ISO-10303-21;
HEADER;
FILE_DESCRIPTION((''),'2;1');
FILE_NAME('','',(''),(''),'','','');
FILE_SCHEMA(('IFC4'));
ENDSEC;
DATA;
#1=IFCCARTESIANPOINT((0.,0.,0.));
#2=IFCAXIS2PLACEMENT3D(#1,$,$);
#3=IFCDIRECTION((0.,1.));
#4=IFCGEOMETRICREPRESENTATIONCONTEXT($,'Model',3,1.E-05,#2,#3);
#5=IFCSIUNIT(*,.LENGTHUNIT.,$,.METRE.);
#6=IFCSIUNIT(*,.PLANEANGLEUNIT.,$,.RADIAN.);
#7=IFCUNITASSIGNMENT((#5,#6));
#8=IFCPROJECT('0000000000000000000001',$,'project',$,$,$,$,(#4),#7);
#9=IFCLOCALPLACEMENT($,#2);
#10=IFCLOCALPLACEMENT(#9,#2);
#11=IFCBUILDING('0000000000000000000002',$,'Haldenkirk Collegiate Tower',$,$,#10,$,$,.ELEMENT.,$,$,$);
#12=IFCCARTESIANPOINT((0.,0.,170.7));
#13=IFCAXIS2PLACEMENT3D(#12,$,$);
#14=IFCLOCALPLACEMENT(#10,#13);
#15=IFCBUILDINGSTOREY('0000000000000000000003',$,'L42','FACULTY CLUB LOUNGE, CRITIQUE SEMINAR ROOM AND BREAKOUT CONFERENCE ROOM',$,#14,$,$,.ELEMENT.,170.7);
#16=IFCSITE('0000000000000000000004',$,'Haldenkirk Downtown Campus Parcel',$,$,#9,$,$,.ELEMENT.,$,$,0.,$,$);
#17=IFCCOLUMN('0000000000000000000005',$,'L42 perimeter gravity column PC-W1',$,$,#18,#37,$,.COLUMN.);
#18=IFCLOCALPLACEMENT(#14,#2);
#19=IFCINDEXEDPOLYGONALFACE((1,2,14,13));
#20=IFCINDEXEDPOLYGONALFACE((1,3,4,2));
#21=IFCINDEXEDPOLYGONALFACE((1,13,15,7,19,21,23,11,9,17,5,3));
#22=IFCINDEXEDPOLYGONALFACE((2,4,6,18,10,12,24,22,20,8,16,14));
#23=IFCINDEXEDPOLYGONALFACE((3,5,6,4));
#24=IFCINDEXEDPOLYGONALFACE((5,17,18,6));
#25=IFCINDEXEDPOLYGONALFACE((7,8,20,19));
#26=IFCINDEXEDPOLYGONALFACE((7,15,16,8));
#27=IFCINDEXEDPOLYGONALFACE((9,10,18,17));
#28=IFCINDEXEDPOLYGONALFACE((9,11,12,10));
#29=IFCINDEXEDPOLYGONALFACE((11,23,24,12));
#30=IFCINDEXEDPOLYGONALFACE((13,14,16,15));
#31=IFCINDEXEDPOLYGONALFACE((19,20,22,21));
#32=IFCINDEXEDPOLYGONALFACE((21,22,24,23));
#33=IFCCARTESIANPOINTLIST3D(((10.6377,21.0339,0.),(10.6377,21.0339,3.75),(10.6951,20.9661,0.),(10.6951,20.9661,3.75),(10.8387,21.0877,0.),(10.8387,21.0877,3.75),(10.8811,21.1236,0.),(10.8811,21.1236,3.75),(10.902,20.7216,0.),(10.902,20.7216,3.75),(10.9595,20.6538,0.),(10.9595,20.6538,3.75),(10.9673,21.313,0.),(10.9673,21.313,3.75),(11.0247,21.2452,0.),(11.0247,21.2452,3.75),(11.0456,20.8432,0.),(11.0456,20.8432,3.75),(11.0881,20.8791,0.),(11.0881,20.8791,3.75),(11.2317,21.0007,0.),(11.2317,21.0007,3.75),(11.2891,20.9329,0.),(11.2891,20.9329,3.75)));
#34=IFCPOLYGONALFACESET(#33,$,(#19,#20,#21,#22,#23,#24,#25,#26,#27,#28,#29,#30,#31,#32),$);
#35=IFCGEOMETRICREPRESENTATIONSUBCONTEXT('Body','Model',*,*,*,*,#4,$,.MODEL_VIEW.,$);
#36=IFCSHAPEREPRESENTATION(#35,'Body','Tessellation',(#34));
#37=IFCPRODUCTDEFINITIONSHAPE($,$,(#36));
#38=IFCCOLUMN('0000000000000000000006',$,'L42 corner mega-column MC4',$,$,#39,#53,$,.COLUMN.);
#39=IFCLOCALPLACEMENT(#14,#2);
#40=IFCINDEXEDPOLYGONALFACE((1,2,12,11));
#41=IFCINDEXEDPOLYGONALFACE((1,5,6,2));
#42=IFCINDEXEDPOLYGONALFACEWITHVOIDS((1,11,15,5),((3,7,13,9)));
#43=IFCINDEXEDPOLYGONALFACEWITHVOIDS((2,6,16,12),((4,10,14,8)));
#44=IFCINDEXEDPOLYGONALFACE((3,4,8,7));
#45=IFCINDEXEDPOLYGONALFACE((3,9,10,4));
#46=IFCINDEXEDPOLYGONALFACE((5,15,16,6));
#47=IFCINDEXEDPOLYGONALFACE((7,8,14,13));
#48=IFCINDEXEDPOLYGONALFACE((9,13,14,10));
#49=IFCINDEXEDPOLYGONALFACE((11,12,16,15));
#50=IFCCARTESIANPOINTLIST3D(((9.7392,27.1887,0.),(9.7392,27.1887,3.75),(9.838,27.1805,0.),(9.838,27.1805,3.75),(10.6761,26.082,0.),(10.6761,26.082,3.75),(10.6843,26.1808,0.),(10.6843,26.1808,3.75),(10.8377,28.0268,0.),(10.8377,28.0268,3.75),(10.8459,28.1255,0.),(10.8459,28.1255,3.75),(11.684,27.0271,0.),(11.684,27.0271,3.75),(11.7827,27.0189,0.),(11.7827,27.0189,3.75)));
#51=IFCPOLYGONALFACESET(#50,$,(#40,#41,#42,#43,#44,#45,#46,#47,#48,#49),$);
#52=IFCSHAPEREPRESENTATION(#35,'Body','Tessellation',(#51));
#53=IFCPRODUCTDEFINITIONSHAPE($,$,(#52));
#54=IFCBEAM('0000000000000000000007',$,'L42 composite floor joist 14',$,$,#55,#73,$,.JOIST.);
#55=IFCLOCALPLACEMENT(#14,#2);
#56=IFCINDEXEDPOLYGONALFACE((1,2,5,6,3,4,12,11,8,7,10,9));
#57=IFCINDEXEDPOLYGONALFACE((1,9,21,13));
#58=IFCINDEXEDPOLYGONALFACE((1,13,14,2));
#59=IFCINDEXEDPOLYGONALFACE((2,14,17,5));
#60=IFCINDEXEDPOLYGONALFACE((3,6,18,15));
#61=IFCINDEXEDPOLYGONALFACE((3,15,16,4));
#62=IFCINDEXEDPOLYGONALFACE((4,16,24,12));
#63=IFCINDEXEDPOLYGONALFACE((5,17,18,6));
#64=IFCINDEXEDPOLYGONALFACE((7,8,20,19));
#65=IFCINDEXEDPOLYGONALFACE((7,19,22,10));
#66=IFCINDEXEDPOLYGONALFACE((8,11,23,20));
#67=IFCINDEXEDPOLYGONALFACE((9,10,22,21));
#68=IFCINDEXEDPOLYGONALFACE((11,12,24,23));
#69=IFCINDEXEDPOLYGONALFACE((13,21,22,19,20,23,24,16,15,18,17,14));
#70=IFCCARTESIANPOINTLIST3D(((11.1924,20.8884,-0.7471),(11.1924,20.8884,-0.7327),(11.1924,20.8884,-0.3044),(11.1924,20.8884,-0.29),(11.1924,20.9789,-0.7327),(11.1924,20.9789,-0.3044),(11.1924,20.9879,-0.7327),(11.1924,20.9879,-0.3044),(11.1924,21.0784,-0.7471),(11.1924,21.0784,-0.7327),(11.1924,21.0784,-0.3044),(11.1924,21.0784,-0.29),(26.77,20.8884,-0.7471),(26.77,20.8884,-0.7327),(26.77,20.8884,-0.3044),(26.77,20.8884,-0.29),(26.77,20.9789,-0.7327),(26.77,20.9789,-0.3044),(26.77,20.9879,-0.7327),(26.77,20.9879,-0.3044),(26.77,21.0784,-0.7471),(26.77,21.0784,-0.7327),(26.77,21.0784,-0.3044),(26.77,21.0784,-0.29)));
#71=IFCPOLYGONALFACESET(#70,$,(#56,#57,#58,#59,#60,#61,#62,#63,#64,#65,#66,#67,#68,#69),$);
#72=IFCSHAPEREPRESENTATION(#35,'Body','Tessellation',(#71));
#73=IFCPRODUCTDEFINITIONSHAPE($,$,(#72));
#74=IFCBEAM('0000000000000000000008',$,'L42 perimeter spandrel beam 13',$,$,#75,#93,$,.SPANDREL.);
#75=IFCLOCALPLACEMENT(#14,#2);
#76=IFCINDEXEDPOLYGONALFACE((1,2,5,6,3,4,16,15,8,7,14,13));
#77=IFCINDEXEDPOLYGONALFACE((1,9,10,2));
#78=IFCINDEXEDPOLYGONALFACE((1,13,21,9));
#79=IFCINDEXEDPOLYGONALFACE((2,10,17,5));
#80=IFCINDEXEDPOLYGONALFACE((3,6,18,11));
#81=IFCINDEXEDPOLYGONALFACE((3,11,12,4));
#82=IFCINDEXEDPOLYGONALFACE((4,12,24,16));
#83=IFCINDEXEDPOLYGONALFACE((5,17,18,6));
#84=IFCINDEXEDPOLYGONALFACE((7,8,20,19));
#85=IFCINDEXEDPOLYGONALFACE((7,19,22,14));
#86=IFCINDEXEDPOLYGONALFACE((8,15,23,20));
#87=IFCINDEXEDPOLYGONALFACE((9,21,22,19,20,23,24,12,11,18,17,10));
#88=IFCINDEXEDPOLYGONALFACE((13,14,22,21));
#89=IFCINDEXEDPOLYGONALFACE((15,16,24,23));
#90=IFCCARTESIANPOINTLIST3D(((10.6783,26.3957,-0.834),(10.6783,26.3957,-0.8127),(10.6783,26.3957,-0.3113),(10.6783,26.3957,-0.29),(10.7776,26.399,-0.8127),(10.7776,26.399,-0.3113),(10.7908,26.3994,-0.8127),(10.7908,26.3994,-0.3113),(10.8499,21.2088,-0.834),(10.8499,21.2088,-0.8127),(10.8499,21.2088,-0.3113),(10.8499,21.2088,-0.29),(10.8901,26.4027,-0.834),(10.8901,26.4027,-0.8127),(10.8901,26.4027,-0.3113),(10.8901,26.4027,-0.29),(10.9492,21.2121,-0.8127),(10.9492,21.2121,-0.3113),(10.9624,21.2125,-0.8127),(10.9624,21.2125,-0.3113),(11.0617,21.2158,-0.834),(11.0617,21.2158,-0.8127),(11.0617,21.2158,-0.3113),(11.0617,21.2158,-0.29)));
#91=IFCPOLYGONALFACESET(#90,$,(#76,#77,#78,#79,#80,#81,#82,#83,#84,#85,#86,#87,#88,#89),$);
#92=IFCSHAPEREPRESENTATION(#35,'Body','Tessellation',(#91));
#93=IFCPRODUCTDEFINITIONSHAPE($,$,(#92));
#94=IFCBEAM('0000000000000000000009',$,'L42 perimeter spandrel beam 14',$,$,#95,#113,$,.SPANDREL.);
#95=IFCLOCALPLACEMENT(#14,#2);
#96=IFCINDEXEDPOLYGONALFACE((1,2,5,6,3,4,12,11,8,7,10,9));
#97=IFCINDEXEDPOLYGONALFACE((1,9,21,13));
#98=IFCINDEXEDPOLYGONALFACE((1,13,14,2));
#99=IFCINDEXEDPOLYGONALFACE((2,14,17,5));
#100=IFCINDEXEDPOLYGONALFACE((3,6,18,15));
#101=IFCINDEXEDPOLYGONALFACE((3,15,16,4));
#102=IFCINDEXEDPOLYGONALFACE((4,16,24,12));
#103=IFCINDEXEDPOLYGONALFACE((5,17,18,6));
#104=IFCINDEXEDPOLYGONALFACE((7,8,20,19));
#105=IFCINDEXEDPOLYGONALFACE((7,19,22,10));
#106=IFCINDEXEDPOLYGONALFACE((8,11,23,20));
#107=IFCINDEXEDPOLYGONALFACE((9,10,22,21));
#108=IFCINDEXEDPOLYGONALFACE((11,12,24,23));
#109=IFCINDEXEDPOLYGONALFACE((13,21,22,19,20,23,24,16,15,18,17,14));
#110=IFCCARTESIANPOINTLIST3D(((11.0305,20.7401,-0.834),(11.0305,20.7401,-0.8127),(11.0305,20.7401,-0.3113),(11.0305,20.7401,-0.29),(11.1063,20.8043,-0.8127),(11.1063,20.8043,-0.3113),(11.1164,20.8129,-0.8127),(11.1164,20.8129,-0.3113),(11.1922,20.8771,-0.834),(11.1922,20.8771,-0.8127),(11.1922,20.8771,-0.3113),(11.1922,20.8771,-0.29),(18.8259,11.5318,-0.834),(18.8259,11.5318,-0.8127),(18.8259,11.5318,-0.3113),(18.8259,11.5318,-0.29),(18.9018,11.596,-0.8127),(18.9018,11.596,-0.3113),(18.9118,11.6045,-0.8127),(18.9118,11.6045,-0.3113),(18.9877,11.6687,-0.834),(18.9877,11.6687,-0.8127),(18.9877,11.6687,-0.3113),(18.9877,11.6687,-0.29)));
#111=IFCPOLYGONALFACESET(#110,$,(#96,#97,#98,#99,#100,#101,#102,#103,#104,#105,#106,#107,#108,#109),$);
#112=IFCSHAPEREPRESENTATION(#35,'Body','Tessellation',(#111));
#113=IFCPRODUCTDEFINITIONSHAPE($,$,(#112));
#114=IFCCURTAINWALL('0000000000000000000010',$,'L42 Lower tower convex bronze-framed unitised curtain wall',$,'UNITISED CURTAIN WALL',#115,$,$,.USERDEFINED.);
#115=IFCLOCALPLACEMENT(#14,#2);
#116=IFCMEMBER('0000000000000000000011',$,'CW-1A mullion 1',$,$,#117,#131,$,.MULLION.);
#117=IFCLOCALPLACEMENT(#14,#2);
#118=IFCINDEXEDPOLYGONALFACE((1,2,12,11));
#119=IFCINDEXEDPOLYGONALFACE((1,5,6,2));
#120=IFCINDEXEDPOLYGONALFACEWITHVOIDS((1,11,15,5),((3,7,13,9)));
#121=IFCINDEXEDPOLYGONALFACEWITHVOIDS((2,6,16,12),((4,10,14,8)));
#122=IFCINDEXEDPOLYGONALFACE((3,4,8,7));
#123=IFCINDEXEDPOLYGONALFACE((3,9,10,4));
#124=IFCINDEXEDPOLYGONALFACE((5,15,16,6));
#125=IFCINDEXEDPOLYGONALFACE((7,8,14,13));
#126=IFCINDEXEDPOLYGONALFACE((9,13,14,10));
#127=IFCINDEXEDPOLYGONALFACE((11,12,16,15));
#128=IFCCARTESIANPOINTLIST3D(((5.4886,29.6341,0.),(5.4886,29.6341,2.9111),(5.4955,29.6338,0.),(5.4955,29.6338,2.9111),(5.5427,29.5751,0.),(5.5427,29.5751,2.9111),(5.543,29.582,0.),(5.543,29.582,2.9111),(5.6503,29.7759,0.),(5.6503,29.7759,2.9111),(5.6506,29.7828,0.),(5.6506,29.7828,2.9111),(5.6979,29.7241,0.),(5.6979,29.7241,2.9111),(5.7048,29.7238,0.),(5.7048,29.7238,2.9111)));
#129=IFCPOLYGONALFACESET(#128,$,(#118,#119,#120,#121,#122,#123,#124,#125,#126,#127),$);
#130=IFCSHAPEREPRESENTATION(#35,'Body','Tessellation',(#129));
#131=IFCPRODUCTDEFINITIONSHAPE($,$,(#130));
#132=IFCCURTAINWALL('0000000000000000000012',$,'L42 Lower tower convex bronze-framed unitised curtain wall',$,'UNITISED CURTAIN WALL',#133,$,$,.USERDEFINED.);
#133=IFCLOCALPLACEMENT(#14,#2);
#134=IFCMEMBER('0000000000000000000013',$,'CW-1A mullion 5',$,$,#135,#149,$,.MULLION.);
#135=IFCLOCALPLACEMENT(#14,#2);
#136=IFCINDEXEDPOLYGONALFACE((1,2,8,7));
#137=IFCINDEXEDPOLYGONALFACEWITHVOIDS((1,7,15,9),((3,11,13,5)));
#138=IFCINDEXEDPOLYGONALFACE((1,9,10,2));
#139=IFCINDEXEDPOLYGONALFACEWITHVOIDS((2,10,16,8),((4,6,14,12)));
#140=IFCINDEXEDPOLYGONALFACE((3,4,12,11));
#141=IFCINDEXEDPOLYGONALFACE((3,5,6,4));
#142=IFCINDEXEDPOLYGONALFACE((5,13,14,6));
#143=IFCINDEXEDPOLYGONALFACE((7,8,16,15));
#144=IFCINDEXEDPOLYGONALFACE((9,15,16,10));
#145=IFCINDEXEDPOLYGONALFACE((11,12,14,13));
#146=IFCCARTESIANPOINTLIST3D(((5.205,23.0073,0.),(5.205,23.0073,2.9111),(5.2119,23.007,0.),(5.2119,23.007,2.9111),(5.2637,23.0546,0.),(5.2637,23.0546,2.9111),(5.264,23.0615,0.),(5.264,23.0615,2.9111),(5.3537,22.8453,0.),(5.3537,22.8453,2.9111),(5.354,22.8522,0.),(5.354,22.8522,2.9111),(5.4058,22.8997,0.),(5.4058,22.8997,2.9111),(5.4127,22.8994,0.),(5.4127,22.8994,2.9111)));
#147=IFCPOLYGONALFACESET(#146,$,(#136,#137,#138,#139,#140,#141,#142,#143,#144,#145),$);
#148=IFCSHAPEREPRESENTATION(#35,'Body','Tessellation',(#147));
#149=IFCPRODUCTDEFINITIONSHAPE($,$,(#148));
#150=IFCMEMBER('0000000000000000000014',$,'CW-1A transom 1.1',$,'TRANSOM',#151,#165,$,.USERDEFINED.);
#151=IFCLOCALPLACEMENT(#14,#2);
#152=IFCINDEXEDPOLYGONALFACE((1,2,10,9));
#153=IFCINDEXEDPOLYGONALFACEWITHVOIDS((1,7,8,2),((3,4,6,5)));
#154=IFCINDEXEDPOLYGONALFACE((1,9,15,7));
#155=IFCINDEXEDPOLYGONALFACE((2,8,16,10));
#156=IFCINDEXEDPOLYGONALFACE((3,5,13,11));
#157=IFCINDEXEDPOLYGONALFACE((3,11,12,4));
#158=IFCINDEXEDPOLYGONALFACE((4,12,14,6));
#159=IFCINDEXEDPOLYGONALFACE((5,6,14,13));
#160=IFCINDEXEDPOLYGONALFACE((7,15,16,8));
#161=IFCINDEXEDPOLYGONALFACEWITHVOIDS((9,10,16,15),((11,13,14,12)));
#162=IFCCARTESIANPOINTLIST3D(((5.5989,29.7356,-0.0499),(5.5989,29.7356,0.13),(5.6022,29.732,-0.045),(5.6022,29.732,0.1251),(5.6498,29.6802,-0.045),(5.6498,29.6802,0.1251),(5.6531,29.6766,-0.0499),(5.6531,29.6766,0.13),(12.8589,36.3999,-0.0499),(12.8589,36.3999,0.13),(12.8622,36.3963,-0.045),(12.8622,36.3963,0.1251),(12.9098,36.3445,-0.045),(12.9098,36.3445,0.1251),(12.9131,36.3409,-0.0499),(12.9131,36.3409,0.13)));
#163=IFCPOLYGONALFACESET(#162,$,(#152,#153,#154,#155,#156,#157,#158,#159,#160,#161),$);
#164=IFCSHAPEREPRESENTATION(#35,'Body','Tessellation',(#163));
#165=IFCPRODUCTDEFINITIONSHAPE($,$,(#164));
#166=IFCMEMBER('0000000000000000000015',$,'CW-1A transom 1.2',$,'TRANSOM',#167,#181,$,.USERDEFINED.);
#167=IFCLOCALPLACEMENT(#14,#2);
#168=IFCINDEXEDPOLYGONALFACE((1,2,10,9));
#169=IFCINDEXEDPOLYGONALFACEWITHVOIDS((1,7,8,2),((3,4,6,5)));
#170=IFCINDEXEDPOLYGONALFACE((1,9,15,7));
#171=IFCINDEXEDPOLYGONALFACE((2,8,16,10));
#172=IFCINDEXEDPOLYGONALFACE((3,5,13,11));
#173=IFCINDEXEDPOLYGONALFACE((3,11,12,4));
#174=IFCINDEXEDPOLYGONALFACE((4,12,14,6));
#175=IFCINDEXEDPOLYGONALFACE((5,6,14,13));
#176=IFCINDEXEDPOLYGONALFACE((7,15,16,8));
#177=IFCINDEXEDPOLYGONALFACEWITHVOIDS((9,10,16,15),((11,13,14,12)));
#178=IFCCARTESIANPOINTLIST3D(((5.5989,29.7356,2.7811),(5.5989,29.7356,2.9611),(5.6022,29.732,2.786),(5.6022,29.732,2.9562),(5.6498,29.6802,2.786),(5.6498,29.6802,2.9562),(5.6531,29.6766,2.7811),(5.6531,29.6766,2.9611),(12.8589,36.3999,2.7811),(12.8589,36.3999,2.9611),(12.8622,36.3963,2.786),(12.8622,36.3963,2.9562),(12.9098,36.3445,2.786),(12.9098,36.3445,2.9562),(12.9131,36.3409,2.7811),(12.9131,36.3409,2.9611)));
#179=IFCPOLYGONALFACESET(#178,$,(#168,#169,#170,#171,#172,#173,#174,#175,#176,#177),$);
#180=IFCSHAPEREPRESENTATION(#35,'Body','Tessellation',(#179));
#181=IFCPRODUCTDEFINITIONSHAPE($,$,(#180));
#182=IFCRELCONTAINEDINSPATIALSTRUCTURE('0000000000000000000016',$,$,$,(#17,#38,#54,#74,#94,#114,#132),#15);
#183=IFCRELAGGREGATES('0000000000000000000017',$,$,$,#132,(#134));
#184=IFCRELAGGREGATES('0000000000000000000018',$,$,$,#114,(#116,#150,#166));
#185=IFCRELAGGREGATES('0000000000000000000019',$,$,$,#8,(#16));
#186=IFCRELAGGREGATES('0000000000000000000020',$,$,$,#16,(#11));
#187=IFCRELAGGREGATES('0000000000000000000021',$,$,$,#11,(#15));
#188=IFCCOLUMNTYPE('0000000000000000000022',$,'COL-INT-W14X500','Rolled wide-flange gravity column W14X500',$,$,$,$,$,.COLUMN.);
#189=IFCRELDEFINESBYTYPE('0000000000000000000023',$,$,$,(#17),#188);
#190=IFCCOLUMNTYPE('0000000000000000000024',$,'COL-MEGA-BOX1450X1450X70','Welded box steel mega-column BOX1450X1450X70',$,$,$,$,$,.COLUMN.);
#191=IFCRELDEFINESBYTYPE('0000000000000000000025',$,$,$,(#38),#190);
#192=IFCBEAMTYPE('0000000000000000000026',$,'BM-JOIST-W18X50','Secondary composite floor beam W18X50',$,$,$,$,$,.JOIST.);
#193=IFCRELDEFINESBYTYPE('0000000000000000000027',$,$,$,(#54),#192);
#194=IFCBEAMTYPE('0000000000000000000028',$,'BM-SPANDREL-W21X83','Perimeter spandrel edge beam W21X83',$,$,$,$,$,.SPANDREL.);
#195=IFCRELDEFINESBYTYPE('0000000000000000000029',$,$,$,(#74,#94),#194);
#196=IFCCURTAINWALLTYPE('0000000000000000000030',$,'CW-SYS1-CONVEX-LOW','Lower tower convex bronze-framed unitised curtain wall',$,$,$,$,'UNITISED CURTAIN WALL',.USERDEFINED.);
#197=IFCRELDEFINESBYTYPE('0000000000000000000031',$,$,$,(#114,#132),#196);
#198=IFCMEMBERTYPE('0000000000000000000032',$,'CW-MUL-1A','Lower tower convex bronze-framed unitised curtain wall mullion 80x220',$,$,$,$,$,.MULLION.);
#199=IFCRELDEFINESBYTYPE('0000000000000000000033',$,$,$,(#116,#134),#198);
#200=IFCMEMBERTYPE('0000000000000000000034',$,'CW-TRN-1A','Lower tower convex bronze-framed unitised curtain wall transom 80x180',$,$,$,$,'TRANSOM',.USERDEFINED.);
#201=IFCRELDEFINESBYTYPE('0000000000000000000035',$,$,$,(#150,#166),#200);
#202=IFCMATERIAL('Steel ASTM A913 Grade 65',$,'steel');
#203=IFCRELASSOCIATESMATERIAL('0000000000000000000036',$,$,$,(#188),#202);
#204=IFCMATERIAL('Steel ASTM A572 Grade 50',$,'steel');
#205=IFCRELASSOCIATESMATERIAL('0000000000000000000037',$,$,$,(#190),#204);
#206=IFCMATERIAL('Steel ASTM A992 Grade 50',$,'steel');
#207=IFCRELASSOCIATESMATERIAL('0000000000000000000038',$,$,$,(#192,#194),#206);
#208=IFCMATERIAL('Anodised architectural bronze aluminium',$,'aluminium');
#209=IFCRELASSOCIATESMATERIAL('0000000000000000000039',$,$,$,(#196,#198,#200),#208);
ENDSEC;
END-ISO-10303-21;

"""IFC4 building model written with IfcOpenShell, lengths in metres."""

from ifc_helpers import new_model, si_unit, direction, frame, origin, origin_2d, place, context, subcontext, project, spatial, hollow_rectangle, i_section, extrude, material, material_profile, profile_set, type_object, element, aggregate, save


model = new_model("IFC4")

# Units and contexts
model_context = context("Model", 3, precision=1e-05, world=origin(), true_north=direction((0.0, 1.0)))
body_context = subcontext(model_context, "Body", "Model", "MODEL_VIEW")
ifc_project = project(units=[si_unit("LENGTHUNIT", "METRE"), si_unit("PLANEANGLEUNIT", "RADIAN")], contexts=[model_context])

# Site, building, storey
site_placement = place(None, origin())
site = spatial("IfcSite", under=ifc_project, at=site_placement, Name="Haldenkirk Downtown Campus Parcel", CompositionType="ELEMENT", RefElevation=0.0)
building_placement = place(site_placement, origin())
building = spatial("IfcBuilding", under=site, at=building_placement, Name="Haldenkirk Collegiate Tower", CompositionType="ELEMENT")
storey_placement = place(building_placement, frame((0.0, 0.0, 170.7)))
storey = spatial("IfcBuildingStorey", under=building, at=storey_placement, Name="L42", Description="FACULTY CLUB LOUNGE, CRITIQUE SEMINAR ROOM AND BREAKOUT CONFERENCE ROOM", CompositionType="ELEMENT", Elevation=170.7)

# Columns
ifc_material_1 = material(Name="Steel ASTM A913 Grade 65", Category="steel")
ifc_material_profile_1 = material_profile(ifc_material_1, i_section(OverallWidth=0.4319, OverallDepth=0.498, WebThickness=0.0557, FlangeThickness=0.0889, at=origin_2d()), Name="W14X500")
ifc_profile_set_1 = profile_set([ifc_material_profile_1], Name="Steel ASTM A913 Grade 65")
column_type_1 = type_object("IfcColumnType", Name="COL-INT-W14X500", Description="Rolled wide-flange gravity column W14X500", PredefinedType="COLUMN", material=ifc_profile_set_1)
column_1_placement = place(storey_placement, frame((10.9634, 20.9834, 0.0), z_axis=(0.0, 0.0, 1.0), x_axis=(0.763232, 0.646124, 0.0)))
element("IfcColumn", 1, at=column_1_placement, inside=storey, type_object=column_type_1, Name="L42 perimeter gravity column PC-W1", PredefinedType="COLUMN", context=body_context, shape_type="SweptSolid", body=[
    extrude(i_section(OverallWidth=0.4319, OverallDepth=0.498, WebThickness=0.0557, FlangeThickness=0.0889, at=origin_2d()), origin(), (0.0, 0.0, 1.0), 3.75),
])
ifc_material_2 = material(Name="Steel ASTM A572 Grade 50", Category="steel")
ifc_material_profile_2 = material_profile(ifc_material_2, hollow_rectangle(XDim=1.45, YDim=1.45, WallThickness=0.0701, at=origin_2d()), Name="BOX1450X1450X70")
ifc_profile_set_2 = profile_set([ifc_material_profile_2], Name="Steel ASTM A572 Grade 50")
column_type_2 = type_object("IfcColumnType", Name="COL-MEGA-BOX1450X1450X70", Description="Welded box steel mega-column BOX1450X1450X70", PredefinedType="COLUMN", material=ifc_profile_set_2)
column_2_placement = place(storey_placement, frame((10.761, 27.1038, 0.0), z_axis=(0.0, 0.0, 1.0), x_axis=(0.763232, 0.646124, 0.0)))
element("IfcColumn", 2, at=column_2_placement, inside=storey, type_object=column_type_2, Name="L42 corner mega-column MC4", PredefinedType="COLUMN", context=body_context, shape_type="SweptSolid", body=[
    extrude(hollow_rectangle(XDim=1.45, YDim=1.45, WallThickness=0.0701, at=origin_2d()), origin(), (0.0, 0.0, 1.0), 3.75),
])

# Beams
ifc_material_3 = material(Name="Steel ASTM A992 Grade 50", Category="steel")
ifc_material_profile_3 = material_profile(ifc_material_3, i_section(OverallWidth=0.1899, OverallDepth=0.457, WebThickness=0.009, FlangeThickness=0.0144, at=origin_2d()), Name="W18X50")
ifc_profile_set_3 = profile_set([ifc_material_profile_3], Name="Steel ASTM A992 Grade 50")
beam_type_1 = type_object("IfcBeamType", Name="BM-JOIST-W18X50", Description="Secondary composite floor beam W18X50", PredefinedType="JOIST", material=ifc_profile_set_3)
beam_1_placement = place(storey_placement, frame((11.1924, 20.9834, -0.5186), z_axis=(1.0, 0.0, 0.0), x_axis=(0.0, 1.0, 0.0)))
element("IfcBeam", 3, at=beam_1_placement, inside=storey, type_object=beam_type_1, Name="L42 composite floor joist 14", PredefinedType="JOIST", context=body_context, shape_type="SweptSolid", body=[
    extrude(i_section(OverallWidth=0.1899, OverallDepth=0.457, WebThickness=0.009, FlangeThickness=0.0144, at=origin_2d()), origin(), (0.0, 0.0, 1.0), 15.5776),
])
ifc_material_profile_4 = material_profile(ifc_material_3, i_section(OverallWidth=0.2119, OverallDepth=0.5439, WebThickness=0.0132, FlangeThickness=0.0212, at=origin_2d()), Name="W21X83")
ifc_profile_set_4 = profile_set([ifc_material_profile_4], Name="Steel ASTM A992 Grade 50")
beam_type_2 = type_object("IfcBeamType", Name="BM-SPANDREL-W21X83", Description="Perimeter spandrel edge beam W21X83", PredefinedType="SPANDREL", material=ifc_profile_set_4)
beam_2_placement = place(storey_placement, frame((10.7842, 26.3992, -0.562), z_axis=(0.033072, -0.999453, 0.0), x_axis=(0.999453, 0.033072, 0.0)))
element("IfcBeam", 4, at=beam_2_placement, inside=storey, type_object=beam_type_2, Name="L42 perimeter spandrel beam 13", PredefinedType="SPANDREL", context=body_context, shape_type="SweptSolid", body=[
    extrude(i_section(OverallWidth=0.2119, OverallDepth=0.5439, WebThickness=0.0132, FlangeThickness=0.0212, at=origin_2d()), origin(), (0.0, 0.0, 1.0), 5.1897),
])
beam_3_placement = place(storey_placement, frame((11.1113, 20.8086, -0.562), z_axis=(0.646126, -0.76323, 0.0), x_axis=(0.76323, 0.646126, 0.0)))
element("IfcBeam", 5, at=beam_3_placement, inside=storey, type_object=beam_type_2, Name="L42 perimeter spandrel beam 14", PredefinedType="SPANDREL", context=body_context, shape_type="SweptSolid", body=[
    extrude(i_section(OverallWidth=0.2119, OverallDepth=0.5439, WebThickness=0.0132, FlangeThickness=0.0212, at=origin_2d()), origin(), (0.0, 0.0, 1.0), 12.0649),
])

# Curtain walls, members
ifc_material_4 = material(Name="Anodised architectural bronze aluminium", Category="aluminium")
curtain_wall_type = type_object("IfcCurtainWallType", Name="CW-SYS1-CONVEX-LOW", Description="Lower tower convex bronze-framed unitised curtain wall", ElementType="UNITISED CURTAIN WALL", PredefinedType="USERDEFINED", material=ifc_material_4)
curtain_wall_1_placement = place(storey_placement, origin())
curtain_wall_1 = element("IfcCurtainWall", 6, at=curtain_wall_1_placement, inside=storey, type_object=curtain_wall_type, Name="L42 Lower tower convex bronze-framed unitised curtain wall", ObjectType="UNITISED CURTAIN WALL", PredefinedType="USERDEFINED")
ifc_material_profile_5 = material_profile(ifc_material_4, hollow_rectangle(XDim=0.0801, YDim=0.22, WallThickness=0.0049, at=origin_2d()), Name="CW-MUL-1A")
ifc_profile_set_5 = profile_set([ifc_material_profile_5], Name="Anodised architectural bronze aluminium")
member_type_1 = type_object("IfcMemberType", Name="CW-MUL-1A", Description="Lower tower convex bronze-framed unitised curtain wall mullion 80x220", PredefinedType="MULLION", material=ifc_profile_set_5)
member_1_placement = place(storey_placement, frame((5.5967, 29.679, 0.0), z_axis=(0.0, 0.0, 1.0), x_axis=(-0.676232, 0.736688, 0.0)))
member_1 = element("IfcMember", 7, at=member_1_placement, type_object=member_type_1, Name="CW-1A mullion 1", PredefinedType="MULLION", context=body_context, shape_type="SweptSolid", body=[
    extrude(hollow_rectangle(XDim=0.0801, YDim=0.22, WallThickness=0.0049, at=origin_2d()), origin(), (0.0, 0.0, 1.0), 2.9111),
])
curtain_wall_2_placement = place(storey_placement, origin())
curtain_wall_2 = element("IfcCurtainWall", 8, at=curtain_wall_2_placement, inside=storey, type_object=curtain_wall_type, Name="L42 Lower tower convex bronze-framed unitised curtain wall", ObjectType="UNITISED CURTAIN WALL", PredefinedType="USERDEFINED")
member_2_placement = place(storey_placement, frame((5.3088, 22.9534, 0.0), z_axis=(0.0, 0.0, 1.0), x_axis=(-0.736689, -0.676232, 0.0)))
member_2 = element("IfcMember", 9, at=member_2_placement, type_object=member_type_1, Name="CW-1A mullion 5", PredefinedType="MULLION", context=body_context, shape_type="SweptSolid", body=[
    extrude(hollow_rectangle(XDim=0.0801, YDim=0.22, WallThickness=0.0049, at=origin_2d()), origin(), (0.0, 0.0, 1.0), 2.9111),
])
aggregate(curtain_wall_2, [member_2])

# Members
ifc_material_profile_6 = material_profile(ifc_material_4, hollow_rectangle(XDim=0.0801, YDim=0.1799, WallThickness=0.0049, at=origin_2d()), Name="CW-TRN-1A")
ifc_profile_set_6 = profile_set([ifc_material_profile_6], Name="Anodised architectural bronze aluminium")
member_type_2 = type_object("IfcMemberType", Name="CW-TRN-1A", Description="Lower tower convex bronze-framed unitised curtain wall transom 80x180", ElementType="TRANSOM", PredefinedType="USERDEFINED", material=ifc_profile_set_6)
member_3_placement = place(storey_placement, frame((5.626, 29.7061, 0.04), z_axis=(0.736684, 0.676237, 0.0), x_axis=(-0.676237, 0.736684, 0.0)))
member_3 = element("IfcMember", 10, at=member_3_placement, type_object=member_type_2, Name="CW-1A transom 1.1", ObjectType="TRANSOM", PredefinedType="USERDEFINED", context=body_context, shape_type="SweptSolid", body=[
    extrude(hollow_rectangle(XDim=0.0801, YDim=0.1799, WallThickness=0.0049, at=origin_2d()), origin(), (0.0, 0.0, 1.0), 9.855),
])
member_4_placement = place(storey_placement, frame((5.626, 29.7061, 2.8711), z_axis=(0.736684, 0.676237, 0.0), x_axis=(-0.676237, 0.736684, 0.0)))
member_4 = element("IfcMember", 11, at=member_4_placement, type_object=member_type_2, Name="CW-1A transom 1.2", ObjectType="TRANSOM", PredefinedType="USERDEFINED", context=body_context, shape_type="SweptSolid", body=[
    extrude(hollow_rectangle(XDim=0.0801, YDim=0.1799, WallThickness=0.0049, at=origin_2d()), origin(), (0.0, 0.0, 1.0), 9.855),
])

aggregate(curtain_wall_1, [member_1, member_3, member_4])

save(model, "model.ifc")
